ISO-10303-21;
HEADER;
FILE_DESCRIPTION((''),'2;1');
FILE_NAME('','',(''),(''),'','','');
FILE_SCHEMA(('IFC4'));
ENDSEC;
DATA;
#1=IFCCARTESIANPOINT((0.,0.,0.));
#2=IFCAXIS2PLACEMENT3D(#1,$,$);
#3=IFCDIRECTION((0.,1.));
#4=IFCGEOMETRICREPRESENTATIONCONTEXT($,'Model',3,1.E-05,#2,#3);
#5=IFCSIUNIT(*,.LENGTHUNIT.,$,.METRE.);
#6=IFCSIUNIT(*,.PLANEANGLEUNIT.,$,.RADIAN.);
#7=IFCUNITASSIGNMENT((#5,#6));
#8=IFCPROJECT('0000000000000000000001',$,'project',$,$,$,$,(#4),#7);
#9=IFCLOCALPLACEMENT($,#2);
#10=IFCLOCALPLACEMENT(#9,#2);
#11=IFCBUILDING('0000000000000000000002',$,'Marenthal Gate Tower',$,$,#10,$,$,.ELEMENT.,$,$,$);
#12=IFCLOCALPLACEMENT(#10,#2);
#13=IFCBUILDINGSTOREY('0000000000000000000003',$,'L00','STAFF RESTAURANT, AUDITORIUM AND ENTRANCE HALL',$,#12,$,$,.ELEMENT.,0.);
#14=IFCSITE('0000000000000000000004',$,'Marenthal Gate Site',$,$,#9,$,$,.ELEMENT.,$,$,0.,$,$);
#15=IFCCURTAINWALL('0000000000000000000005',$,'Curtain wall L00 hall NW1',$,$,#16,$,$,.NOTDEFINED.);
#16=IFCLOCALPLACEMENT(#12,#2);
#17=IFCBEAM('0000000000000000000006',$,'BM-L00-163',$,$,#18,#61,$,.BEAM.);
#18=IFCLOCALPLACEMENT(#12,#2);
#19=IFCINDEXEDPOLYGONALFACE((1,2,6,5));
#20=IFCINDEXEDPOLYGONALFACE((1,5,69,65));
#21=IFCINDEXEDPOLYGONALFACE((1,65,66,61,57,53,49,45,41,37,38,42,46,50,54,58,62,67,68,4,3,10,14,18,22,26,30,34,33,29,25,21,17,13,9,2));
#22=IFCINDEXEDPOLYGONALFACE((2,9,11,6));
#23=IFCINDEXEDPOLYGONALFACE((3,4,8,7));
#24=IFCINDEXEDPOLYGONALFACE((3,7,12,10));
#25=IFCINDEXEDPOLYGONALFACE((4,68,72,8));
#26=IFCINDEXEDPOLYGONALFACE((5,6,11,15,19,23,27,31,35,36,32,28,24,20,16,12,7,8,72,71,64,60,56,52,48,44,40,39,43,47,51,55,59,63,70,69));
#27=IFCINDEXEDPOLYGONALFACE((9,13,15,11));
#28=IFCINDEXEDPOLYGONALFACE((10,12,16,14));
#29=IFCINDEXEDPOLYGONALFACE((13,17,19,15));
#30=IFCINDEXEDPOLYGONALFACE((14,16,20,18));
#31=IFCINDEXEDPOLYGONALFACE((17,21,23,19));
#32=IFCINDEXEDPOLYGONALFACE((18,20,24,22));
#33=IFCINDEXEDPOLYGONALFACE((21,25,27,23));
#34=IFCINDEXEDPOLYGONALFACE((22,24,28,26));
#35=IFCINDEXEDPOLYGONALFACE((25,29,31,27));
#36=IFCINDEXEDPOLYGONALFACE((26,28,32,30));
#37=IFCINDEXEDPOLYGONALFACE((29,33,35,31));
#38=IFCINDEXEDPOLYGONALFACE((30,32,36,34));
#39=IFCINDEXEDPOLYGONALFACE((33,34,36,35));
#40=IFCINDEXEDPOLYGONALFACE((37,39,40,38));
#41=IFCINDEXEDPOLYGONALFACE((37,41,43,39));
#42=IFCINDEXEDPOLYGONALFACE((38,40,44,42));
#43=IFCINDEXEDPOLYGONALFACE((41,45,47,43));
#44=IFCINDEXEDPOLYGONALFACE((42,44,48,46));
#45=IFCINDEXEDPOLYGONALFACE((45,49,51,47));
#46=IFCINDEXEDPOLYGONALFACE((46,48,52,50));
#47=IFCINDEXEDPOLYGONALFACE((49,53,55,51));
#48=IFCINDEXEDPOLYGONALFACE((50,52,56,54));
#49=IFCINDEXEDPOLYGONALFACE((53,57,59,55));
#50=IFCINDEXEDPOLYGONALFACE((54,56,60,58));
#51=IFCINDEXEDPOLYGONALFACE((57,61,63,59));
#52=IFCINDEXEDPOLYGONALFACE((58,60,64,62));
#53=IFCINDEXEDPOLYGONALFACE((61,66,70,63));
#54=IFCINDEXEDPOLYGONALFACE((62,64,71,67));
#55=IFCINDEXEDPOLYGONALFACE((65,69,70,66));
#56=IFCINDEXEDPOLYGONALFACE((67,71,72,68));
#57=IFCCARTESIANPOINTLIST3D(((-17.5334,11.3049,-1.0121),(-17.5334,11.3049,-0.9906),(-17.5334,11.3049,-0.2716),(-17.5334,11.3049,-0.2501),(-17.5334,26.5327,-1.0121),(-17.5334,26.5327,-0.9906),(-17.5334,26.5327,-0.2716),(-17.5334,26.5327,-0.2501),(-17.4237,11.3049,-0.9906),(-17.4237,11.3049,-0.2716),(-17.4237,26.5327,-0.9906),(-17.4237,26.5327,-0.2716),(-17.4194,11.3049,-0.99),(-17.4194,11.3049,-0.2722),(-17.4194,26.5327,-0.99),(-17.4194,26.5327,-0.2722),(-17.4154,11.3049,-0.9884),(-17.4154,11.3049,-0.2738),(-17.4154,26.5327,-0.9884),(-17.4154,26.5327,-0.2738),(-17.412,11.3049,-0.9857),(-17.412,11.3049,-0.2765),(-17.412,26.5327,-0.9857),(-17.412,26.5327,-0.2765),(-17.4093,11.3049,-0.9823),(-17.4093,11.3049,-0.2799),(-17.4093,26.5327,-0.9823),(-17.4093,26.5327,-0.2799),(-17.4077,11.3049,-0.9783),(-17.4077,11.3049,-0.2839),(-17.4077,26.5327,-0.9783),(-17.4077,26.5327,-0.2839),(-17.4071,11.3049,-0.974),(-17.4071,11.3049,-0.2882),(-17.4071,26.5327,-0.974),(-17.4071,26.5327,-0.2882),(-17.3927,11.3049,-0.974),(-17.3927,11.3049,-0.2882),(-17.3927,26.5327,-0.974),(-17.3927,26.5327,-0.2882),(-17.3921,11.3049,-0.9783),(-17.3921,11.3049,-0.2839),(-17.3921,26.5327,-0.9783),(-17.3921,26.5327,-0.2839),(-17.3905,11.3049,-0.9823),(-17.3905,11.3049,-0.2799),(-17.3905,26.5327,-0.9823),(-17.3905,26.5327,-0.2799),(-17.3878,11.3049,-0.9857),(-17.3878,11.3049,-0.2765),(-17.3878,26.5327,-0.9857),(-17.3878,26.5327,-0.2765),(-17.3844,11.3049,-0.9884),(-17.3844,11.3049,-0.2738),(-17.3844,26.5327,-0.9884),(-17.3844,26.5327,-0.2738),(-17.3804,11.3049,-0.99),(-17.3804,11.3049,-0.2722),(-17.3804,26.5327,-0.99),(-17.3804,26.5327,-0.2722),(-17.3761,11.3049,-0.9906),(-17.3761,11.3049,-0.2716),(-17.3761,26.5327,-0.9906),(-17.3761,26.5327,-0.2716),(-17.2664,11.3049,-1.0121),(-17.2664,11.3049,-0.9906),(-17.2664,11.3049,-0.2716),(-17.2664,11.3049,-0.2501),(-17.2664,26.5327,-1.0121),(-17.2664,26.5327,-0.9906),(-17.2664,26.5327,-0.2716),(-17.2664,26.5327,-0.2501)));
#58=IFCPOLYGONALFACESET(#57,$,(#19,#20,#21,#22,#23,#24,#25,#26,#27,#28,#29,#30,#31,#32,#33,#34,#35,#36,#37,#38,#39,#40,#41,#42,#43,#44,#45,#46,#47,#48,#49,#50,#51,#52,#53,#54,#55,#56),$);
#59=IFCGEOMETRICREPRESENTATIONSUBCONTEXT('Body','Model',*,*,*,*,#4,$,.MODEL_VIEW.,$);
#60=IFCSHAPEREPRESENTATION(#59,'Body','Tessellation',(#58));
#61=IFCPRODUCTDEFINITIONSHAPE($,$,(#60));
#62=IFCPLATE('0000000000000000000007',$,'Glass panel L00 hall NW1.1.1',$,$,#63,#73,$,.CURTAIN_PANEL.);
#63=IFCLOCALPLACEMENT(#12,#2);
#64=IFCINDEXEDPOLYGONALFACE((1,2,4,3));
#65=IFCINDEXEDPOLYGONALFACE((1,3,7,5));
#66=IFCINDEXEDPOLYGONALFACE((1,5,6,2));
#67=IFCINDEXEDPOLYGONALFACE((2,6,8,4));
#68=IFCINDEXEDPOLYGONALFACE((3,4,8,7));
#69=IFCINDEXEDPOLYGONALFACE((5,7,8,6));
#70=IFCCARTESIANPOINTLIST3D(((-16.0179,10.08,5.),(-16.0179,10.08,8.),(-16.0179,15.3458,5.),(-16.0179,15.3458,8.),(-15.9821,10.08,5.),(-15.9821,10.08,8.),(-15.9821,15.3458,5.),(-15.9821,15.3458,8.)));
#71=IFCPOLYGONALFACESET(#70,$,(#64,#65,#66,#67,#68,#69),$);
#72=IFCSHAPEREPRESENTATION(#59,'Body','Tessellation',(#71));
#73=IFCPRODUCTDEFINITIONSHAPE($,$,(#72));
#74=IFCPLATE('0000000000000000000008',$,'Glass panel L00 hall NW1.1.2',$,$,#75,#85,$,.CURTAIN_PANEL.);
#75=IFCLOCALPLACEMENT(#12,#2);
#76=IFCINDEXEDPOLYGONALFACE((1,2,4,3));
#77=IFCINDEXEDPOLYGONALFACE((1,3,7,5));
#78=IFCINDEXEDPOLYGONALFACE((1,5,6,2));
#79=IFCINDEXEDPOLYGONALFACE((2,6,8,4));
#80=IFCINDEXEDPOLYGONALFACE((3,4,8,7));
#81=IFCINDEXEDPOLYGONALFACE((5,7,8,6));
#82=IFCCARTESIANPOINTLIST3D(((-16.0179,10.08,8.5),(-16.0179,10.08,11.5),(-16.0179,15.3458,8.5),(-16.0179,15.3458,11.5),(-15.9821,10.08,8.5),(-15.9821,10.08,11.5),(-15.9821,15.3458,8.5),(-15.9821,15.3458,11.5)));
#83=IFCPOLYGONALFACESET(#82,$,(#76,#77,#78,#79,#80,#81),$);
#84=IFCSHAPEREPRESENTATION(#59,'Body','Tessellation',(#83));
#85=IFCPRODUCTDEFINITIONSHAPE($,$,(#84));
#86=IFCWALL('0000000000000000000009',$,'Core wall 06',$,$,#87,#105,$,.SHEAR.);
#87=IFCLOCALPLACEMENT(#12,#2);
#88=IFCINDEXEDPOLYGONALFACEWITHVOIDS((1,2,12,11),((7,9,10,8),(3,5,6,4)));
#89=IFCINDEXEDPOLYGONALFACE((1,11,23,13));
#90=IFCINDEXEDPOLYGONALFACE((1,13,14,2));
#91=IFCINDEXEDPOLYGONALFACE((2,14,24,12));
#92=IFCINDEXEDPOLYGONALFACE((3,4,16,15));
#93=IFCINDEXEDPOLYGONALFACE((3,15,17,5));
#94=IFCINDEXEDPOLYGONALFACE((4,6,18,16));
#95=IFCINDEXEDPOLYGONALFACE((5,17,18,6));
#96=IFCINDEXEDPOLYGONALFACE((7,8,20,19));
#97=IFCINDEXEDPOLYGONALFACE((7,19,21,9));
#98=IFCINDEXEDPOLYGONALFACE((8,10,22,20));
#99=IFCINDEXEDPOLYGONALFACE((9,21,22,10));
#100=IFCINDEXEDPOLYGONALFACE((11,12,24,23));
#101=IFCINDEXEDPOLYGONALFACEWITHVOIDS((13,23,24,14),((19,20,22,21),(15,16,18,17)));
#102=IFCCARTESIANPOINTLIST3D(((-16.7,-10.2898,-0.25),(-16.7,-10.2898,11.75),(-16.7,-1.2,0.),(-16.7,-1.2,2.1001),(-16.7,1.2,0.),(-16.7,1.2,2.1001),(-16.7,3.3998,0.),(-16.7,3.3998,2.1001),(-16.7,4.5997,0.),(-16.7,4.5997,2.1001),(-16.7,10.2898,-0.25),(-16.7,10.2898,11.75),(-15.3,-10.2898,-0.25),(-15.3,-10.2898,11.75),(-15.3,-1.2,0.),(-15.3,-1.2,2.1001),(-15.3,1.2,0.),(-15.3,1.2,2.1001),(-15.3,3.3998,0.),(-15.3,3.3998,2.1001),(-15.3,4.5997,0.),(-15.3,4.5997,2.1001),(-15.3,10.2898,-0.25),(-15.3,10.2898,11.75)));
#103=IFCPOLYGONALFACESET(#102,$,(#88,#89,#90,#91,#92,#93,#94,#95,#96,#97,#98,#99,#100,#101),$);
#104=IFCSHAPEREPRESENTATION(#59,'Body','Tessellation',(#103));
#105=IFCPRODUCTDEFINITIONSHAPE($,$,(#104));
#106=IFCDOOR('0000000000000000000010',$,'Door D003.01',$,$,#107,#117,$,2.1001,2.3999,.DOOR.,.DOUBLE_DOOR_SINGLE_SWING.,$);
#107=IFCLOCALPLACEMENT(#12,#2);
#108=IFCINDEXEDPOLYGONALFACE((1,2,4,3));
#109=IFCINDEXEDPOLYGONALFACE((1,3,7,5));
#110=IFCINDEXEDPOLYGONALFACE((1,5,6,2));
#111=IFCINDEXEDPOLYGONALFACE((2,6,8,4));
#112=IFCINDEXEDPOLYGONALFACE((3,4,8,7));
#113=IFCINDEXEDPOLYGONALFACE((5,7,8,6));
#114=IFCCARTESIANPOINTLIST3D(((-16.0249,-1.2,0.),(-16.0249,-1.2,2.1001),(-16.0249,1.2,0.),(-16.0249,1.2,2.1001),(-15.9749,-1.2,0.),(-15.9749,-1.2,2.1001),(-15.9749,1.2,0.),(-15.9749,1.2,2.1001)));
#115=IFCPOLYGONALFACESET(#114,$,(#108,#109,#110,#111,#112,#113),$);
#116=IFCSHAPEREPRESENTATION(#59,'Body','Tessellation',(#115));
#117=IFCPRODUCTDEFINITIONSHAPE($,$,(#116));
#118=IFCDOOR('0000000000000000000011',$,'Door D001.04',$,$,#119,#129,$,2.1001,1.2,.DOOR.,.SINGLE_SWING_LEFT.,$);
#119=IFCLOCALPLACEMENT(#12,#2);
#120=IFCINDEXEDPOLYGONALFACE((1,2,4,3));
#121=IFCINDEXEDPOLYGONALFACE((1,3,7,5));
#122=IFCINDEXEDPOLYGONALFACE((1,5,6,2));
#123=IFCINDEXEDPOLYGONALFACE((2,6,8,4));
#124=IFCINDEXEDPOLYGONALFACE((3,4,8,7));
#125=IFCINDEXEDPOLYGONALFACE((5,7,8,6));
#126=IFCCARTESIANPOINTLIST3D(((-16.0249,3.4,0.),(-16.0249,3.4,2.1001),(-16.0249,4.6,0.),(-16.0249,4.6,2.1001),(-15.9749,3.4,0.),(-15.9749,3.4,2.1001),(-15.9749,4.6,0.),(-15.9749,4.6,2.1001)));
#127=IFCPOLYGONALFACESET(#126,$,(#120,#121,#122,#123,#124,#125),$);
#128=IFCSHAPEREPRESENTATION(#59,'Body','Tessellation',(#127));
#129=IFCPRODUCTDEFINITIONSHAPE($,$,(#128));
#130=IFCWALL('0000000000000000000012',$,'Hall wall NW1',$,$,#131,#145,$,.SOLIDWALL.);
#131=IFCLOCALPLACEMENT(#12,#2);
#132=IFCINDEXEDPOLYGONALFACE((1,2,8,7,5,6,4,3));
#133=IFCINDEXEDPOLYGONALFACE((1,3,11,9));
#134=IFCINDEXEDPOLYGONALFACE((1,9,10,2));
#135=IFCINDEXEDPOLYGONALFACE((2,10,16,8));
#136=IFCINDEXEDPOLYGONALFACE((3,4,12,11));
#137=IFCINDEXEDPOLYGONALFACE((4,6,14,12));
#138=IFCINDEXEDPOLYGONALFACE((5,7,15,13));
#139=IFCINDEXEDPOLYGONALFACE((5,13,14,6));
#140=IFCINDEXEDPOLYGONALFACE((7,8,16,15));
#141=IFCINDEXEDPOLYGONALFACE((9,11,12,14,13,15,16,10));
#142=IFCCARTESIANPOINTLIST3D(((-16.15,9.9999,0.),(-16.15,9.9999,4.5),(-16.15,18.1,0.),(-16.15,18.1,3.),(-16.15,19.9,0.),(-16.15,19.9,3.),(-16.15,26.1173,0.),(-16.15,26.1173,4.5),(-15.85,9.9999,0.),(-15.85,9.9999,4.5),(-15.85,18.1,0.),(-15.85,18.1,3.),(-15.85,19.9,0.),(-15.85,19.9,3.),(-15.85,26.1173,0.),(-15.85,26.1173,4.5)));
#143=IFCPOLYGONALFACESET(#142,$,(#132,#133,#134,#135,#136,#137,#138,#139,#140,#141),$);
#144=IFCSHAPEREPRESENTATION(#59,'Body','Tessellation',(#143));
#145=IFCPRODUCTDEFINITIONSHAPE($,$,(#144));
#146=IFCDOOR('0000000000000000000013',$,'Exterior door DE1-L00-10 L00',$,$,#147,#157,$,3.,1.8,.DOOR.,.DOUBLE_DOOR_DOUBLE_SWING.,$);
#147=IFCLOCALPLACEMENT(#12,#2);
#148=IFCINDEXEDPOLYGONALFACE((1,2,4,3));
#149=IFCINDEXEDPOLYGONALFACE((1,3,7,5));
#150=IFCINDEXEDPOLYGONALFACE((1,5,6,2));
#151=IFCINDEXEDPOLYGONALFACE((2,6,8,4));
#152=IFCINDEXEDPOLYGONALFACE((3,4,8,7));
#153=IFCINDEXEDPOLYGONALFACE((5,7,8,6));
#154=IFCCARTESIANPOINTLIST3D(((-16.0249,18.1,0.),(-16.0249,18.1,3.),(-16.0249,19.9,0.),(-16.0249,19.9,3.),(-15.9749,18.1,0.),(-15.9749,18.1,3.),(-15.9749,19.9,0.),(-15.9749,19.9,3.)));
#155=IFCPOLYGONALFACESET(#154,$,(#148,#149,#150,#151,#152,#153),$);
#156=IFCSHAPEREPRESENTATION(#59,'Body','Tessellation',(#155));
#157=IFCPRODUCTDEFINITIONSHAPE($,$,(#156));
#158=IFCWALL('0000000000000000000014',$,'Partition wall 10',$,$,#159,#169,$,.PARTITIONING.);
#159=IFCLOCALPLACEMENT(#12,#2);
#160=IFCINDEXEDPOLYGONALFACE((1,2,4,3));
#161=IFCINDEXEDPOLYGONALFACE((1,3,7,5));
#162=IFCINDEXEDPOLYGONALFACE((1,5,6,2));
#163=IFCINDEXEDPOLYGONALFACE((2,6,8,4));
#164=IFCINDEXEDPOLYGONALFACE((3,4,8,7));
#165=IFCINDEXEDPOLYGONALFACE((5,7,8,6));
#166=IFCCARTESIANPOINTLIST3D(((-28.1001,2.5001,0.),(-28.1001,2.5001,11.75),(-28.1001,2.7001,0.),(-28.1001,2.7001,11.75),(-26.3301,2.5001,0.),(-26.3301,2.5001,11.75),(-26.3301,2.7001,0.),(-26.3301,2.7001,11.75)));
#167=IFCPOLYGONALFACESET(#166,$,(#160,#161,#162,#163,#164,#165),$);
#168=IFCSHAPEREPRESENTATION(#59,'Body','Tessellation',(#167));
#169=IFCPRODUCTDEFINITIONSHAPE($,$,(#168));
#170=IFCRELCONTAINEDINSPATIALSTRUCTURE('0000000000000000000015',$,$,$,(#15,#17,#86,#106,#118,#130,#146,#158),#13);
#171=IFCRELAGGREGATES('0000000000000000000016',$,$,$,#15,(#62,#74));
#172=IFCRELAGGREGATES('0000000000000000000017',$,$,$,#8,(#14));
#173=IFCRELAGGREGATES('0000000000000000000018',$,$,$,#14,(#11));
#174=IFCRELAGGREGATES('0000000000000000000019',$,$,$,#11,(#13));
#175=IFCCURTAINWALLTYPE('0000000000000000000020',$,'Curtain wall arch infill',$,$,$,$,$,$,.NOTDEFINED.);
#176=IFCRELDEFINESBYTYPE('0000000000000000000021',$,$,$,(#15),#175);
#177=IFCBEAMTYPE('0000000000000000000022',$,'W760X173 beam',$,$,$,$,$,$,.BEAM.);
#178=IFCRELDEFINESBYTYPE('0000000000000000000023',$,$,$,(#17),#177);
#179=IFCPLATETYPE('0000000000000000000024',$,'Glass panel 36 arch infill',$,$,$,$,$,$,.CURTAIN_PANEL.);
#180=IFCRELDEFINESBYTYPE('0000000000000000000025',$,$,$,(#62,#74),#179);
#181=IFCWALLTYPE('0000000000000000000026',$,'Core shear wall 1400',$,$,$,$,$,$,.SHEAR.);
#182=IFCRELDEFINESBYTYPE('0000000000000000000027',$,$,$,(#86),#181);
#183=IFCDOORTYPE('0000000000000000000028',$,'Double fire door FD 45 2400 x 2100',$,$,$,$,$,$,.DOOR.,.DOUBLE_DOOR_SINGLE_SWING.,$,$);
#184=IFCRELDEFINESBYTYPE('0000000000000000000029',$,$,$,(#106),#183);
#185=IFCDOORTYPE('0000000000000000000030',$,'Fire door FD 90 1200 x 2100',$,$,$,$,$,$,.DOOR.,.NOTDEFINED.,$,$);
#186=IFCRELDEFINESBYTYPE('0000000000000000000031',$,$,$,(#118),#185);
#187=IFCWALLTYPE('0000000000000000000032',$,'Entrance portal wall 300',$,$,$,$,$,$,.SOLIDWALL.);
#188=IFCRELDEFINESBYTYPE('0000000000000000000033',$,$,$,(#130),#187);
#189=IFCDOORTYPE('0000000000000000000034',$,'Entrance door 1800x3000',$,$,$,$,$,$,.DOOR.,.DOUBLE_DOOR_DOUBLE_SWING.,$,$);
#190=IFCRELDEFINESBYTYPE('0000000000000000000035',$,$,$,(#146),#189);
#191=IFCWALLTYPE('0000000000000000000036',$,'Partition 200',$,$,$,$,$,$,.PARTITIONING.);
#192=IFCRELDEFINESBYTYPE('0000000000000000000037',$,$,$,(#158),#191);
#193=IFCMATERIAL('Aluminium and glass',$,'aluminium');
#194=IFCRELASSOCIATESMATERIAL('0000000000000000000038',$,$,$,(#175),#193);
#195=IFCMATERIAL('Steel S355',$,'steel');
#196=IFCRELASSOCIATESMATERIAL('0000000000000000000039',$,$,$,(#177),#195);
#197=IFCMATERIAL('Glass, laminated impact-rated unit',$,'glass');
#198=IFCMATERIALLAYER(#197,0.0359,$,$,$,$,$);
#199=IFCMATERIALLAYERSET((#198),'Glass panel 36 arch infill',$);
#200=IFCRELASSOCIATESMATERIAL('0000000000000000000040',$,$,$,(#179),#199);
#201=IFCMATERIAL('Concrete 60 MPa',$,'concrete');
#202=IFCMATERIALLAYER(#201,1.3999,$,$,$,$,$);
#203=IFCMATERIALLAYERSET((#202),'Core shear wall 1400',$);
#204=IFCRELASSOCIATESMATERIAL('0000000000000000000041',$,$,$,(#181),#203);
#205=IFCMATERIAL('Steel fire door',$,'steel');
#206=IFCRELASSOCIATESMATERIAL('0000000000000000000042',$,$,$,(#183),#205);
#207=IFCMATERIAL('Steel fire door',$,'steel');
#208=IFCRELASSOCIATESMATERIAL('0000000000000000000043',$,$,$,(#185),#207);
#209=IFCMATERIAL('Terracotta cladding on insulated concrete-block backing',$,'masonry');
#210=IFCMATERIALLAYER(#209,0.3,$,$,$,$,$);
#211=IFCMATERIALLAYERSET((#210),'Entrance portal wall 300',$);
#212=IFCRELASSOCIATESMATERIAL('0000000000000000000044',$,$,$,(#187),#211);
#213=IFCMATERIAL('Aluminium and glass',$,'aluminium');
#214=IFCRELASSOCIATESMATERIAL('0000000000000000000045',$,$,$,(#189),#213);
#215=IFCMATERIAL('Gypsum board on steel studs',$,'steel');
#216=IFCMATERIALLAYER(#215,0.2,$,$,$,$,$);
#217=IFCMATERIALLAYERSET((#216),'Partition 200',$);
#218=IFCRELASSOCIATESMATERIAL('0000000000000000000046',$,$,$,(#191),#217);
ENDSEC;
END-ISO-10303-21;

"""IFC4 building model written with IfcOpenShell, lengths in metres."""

from ifc_helpers import new_model, si_unit, direction, frame, frame_2d, origin, origin_2d, place, context, subcontext, project, spatial, rectangle, i_section, extrude, material, layer, layer_set, material_profile, profile_set, type_object, element, fill, aggregate, save


model = new_model("IFC4")

# Units and contexts
model_context = context("Model", 3, precision=1e-05, world=origin(), true_north=direction((0.0, 1.0)))
body_context = subcontext(model_context, "Body", "Model", "MODEL_VIEW")
ifc_project = project(units=[si_unit("LENGTHUNIT", "METRE"), si_unit("PLANEANGLEUNIT", "RADIAN")], contexts=[model_context])

# Site, building, storey
site_placement = place(None, origin())
site = spatial("IfcSite", under=ifc_project, at=site_placement, Name="Marenthal Gate Site", CompositionType="ELEMENT", RefElevation=0.0)
building_placement = place(site_placement, origin())
building = spatial("IfcBuilding", under=site, at=building_placement, Name="Marenthal Gate Tower", CompositionType="ELEMENT")
storey_placement = place(building_placement, origin())
storey = spatial("IfcBuildingStorey", under=building, at=storey_placement, Name="L00", Description="STAFF RESTAURANT, AUDITORIUM AND ENTRANCE HALL", CompositionType="ELEMENT", Elevation=0.0)

# Curtain wall
ifc_material_1 = material(Name="Aluminium and glass", Category="aluminium")
curtain_wall_type = type_object("IfcCurtainWallType", Name="Curtain wall arch infill", PredefinedType="NOTDEFINED", material=ifc_material_1)
curtain_wall_placement = place(storey_placement, origin())
curtain_wall = element("IfcCurtainWall", 1, at=curtain_wall_placement, inside=storey, type_object=curtain_wall_type, Name="Curtain wall L00 hall NW1", PredefinedType="NOTDEFINED")

# Beam
ifc_material_2 = material(Name="Steel S355", Category="steel")
ifc_material_profile_1 = material_profile(ifc_material_2, i_section(OverallWidth=0.2671, OverallDepth=0.762, WebThickness=0.0144, FlangeThickness=0.0215, FilletRadius=0.0166, at=origin_2d()), Name="W760X173")
ifc_profile_set_1 = profile_set([ifc_material_profile_1], Name="Steel S355")
beam_type_1 = type_object("IfcBeamType", Name="W760X173 beam", PredefinedType="BEAM", material=ifc_profile_set_1)
beam_1_placement = place(storey_placement, frame((-17.3999, 11.3049, -0.6311), z_axis=(0.0, 1.0, 0.0), x_axis=(-1.0, 0.0, 0.0)))
element("IfcBeam", 2, at=beam_1_placement, inside=storey, type_object=beam_type_1, Name="BM-L00-163", PredefinedType="BEAM", context=body_context, shape_type="SweptSolid", body=[
    extrude(i_section(OverallWidth=0.2671, OverallDepth=0.762, WebThickness=0.0144, FlangeThickness=0.0215, FilletRadius=0.0166, at=origin_2d()), origin(), (0.0, 0.0, 1.0), 15.2278),
])

# Plates
ifc_material_3 = material(Name="Glass, laminated impact-rated unit", Category="glass")
ifc_layer_1 = layer(ifc_material_3, 0.0359)
ifc_layer_set_1 = layer_set([ifc_layer_1], Name="Glass panel 36 arch infill")
plate_type = type_object("IfcPlateType", Name="Glass panel 36 arch infill", PredefinedType="CURTAIN_PANEL", material=ifc_layer_set_1)
plate_1_placement = place(storey_placement, frame((-16.0, 12.7129, 5.0), z_axis=(0.0, 0.0, 1.0), x_axis=(0.0, 1.0, 0.0)))
plate_1 = element("IfcPlate", 3, at=plate_1_placement, type_object=plate_type, Name="Glass panel L00 hall NW1.1.1", PredefinedType="CURTAIN_PANEL", context=body_context, shape_type="SweptSolid", body=[
    extrude(rectangle(XDim=5.2659, YDim=0.0359, at=origin_2d()), origin(), (0.0, 0.0, 1.0), 3.0),
])
plate_2_placement = place(storey_placement, frame((-16.0, 12.7129, 8.5), z_axis=(0.0, 0.0, 1.0), x_axis=(0.0, 1.0, 0.0)))
plate_2 = element("IfcPlate", 4, at=plate_2_placement, type_object=plate_type, Name="Glass panel L00 hall NW1.1.2", PredefinedType="CURTAIN_PANEL", context=body_context, shape_type="SweptSolid", body=[
    extrude(rectangle(XDim=5.2659, YDim=0.0359, at=origin_2d()), origin(), (0.0, 0.0, 1.0), 3.0),
])
aggregate(curtain_wall, [plate_1, plate_2])

# Wall, openings, doors
ifc_material_4 = material(Name="Concrete 60 MPa", Category="concrete")
ifc_layer_2 = layer(ifc_material_4, 1.3999)
ifc_layer_set_2 = layer_set([ifc_layer_2], Name="Core shear wall 1400")
wall_type_1 = type_object("IfcWallType", Name="Core shear wall 1400", PredefinedType="SHEAR", material=ifc_layer_set_2)
wall_1_placement = place(storey_placement, frame((-16.0, 10.2898, -0.25), z_axis=(0.0, 0.0, 1.0), x_axis=(0.0, -1.0, 0.0)))
wall_1 = element("IfcWall", 5, at=wall_1_placement, inside=storey, type_object=wall_type_1, Name="Core wall 06", PredefinedType="SHEAR", context=body_context, shape_type="SweptSolid", body=[
    extrude(rectangle(XDim=20.5796, YDim=1.3999, at=frame_2d((10.2898, 0.0))), origin(), (0.0, 0.0, 1.0), 12.0),
])
opening_1_placement = place(wall_1_placement, frame((9.0898, 0.0, 0.25)))
opening_1 = element("IfcOpeningElement", 6, at=opening_1_placement, cuts=wall_1, PredefinedType="OPENING", context=body_context, shape_type="SweptSolid", body=[
    extrude(rectangle(XDim=2.3999, YDim=2.1001, at=frame_2d((1.2, 1.05))), frame((0.0, 0.71, 0.0), z_axis=(0.0, -1.0, 0.0), x_axis=(1.0, 0.0, 0.0)), (0.0, 0.0, 1.0), 1.4199),
])
opening_2_placement = place(wall_1_placement, frame((5.6899, 0.0, 0.25)))
opening_2 = element("IfcOpeningElement", 7, at=opening_2_placement, cuts=wall_1, PredefinedType="OPENING", context=body_context, shape_type="SweptSolid", body=[
    extrude(rectangle(XDim=1.2, YDim=2.1001, at=frame_2d((0.6001, 1.05))), frame((0.0, 0.71, 0.0), z_axis=(0.0, -1.0, 0.0), x_axis=(1.0, 0.0, 0.0)), (0.0, 0.0, 1.0), 1.4199),
])
ifc_material_5 = material(Name="Steel fire door", Category="steel")
door_type_1 = type_object("IfcDoorType", Name="Double fire door FD 45 2400 x 2100", OperationType="DOUBLE_DOOR_SINGLE_SWING", PredefinedType="DOOR", material=ifc_material_5)
door_1_placement = place(opening_1_placement, frame((2.3999, 0.0, 0.0), z_axis=(0.0, 0.0, 1.0), x_axis=(-1.0, 0.0, 0.0)))
door_1 = element("IfcDoor", 8, at=door_1_placement, inside=storey, type_object=door_type_1, Name="Door D003.01", OperationType="DOUBLE_DOOR_SINGLE_SWING", OverallHeight=2.1001, OverallWidth=2.3999, PredefinedType="DOOR", context=body_context, shape_type="SweptSolid", body=[
    extrude(rectangle(XDim=2.3999, YDim=2.1001, at=frame_2d((1.2, 1.05))), frame((0.0, 0.0249, 0.0), z_axis=(0.0, -1.0, 0.0), x_axis=(1.0, 0.0, 0.0)), (0.0, 0.0, 1.0), 0.05),
])
fill(opening_1, door_1)
ifc_material_6 = material(Name="Steel fire door", Category="steel")
door_type_2 = type_object("IfcDoorType", Name="Fire door FD 90 1200 x 2100", OperationType="NOTDEFINED", PredefinedType="DOOR", material=ifc_material_6)
door_2_placement = place(opening_2_placement, frame((1.2, 0.0, 0.0), z_axis=(0.0, 0.0, 1.0), x_axis=(-1.0, 0.0, 0.0)))
door_2 = element("IfcDoor", 9, at=door_2_placement, inside=storey, type_object=door_type_2, Name="Door D001.04", OperationType="SINGLE_SWING_LEFT", OverallHeight=2.1001, OverallWidth=1.2, PredefinedType="DOOR", context=body_context, shape_type="SweptSolid", body=[
    extrude(rectangle(XDim=1.2, YDim=2.1001, at=frame_2d((0.6001, 1.05))), frame((0.0, 0.0249, 0.0), z_axis=(0.0, -1.0, 0.0), x_axis=(1.0, 0.0, 0.0)), (0.0, 0.0, 1.0), 0.05),
])
fill(opening_2, door_2)

# Wall, opening, door
ifc_material_7 = material(Name="Terracotta cladding on insulated concrete-block backing", Category="masonry")
ifc_layer_3 = layer(ifc_material_7, 0.3)
ifc_layer_set_3 = layer_set([ifc_layer_3], Name="Entrance portal wall 300")
wall_type_2 = type_object("IfcWallType", Name="Entrance portal wall 300", PredefinedType="SOLIDWALL", material=ifc_layer_set_3)
wall_2_placement = place(storey_placement, frame((-16.0, 10.0, 0.0), z_axis=(0.0, 0.0, 1.0), x_axis=(0.0, 1.0, 0.0)))
wall_2 = element("IfcWall", 10, at=wall_2_placement, inside=storey, type_object=wall_type_2, Name="Hall wall NW1", PredefinedType="SOLIDWALL", context=body_context, shape_type="SweptSolid", body=[
    extrude(rectangle(XDim=16.1174, YDim=0.3, at=frame_2d((8.0586, 0.0))), origin(), (0.0, 0.0, 1.0), 4.5),
])
opening_3_placement = place(wall_2_placement, frame((8.1001, 0.0, 0.0)))
opening_3 = element("IfcOpeningElement", 11, at=opening_3_placement, cuts=wall_2, PredefinedType="OPENING", context=body_context, shape_type="SweptSolid", body=[
    extrude(rectangle(XDim=1.8, YDim=3.0, at=frame_2d((0.8999, 1.5))), frame((0.0, 0.1602, 0.0), z_axis=(0.0, -1.0, 0.0), x_axis=(1.0, 0.0, 0.0)), (0.0, 0.0, 1.0), 0.3201),
])
ifc_material_8 = material(Name="Aluminium and glass", Category="aluminium")
door_type_3 = type_object("IfcDoorType", Name="Entrance door 1800x3000", OperationType="DOUBLE_DOOR_DOUBLE_SWING", PredefinedType="DOOR", material=ifc_material_8)
door_3_placement = place(opening_3_placement, origin())
door_3 = element("IfcDoor", 12, at=door_3_placement, inside=storey, type_object=door_type_3, Name="Exterior door DE1-L00-10 L00", OperationType="DOUBLE_DOOR_DOUBLE_SWING", OverallHeight=3.0, OverallWidth=1.8, PredefinedType="DOOR", context=body_context, shape_type="SweptSolid", body=[
    extrude(rectangle(XDim=1.8, YDim=3.0, at=frame_2d((0.8999, 1.5))), frame((0.0, 0.0249, 0.0), z_axis=(0.0, -1.0, 0.0), x_axis=(1.0, 0.0, 0.0)), (0.0, 0.0, 1.0), 0.05),
])
fill(opening_3, door_3)

# Wall
ifc_material_9 = material(Name="Gypsum board on steel studs", Category="steel")
ifc_layer_4 = layer(ifc_material_9, 0.2)
ifc_layer_set_4 = layer_set([ifc_layer_4], Name="Partition 200")
wall_type_3 = type_object("IfcWallType", Name="Partition 200", PredefinedType="PARTITIONING", material=ifc_layer_set_4)
wall_3_placement = place(storey_placement, frame((-28.1001, 2.6001, 0.0), z_axis=(0.0, 0.0, 1.0), x_axis=(1.0, 0.0, 0.0)))
element("IfcWall", 13, at=wall_3_placement, inside=storey, type_object=wall_type_3, Name="Partition wall 10", PredefinedType="PARTITIONING", context=body_context, shape_type="SweptSolid", body=[
    extrude(rectangle(XDim=1.77, YDim=0.2, at=frame_2d((0.885, 0.0))), origin(), (0.0, 0.0, 1.0), 11.75),
])

save(model, "model.ifc")
